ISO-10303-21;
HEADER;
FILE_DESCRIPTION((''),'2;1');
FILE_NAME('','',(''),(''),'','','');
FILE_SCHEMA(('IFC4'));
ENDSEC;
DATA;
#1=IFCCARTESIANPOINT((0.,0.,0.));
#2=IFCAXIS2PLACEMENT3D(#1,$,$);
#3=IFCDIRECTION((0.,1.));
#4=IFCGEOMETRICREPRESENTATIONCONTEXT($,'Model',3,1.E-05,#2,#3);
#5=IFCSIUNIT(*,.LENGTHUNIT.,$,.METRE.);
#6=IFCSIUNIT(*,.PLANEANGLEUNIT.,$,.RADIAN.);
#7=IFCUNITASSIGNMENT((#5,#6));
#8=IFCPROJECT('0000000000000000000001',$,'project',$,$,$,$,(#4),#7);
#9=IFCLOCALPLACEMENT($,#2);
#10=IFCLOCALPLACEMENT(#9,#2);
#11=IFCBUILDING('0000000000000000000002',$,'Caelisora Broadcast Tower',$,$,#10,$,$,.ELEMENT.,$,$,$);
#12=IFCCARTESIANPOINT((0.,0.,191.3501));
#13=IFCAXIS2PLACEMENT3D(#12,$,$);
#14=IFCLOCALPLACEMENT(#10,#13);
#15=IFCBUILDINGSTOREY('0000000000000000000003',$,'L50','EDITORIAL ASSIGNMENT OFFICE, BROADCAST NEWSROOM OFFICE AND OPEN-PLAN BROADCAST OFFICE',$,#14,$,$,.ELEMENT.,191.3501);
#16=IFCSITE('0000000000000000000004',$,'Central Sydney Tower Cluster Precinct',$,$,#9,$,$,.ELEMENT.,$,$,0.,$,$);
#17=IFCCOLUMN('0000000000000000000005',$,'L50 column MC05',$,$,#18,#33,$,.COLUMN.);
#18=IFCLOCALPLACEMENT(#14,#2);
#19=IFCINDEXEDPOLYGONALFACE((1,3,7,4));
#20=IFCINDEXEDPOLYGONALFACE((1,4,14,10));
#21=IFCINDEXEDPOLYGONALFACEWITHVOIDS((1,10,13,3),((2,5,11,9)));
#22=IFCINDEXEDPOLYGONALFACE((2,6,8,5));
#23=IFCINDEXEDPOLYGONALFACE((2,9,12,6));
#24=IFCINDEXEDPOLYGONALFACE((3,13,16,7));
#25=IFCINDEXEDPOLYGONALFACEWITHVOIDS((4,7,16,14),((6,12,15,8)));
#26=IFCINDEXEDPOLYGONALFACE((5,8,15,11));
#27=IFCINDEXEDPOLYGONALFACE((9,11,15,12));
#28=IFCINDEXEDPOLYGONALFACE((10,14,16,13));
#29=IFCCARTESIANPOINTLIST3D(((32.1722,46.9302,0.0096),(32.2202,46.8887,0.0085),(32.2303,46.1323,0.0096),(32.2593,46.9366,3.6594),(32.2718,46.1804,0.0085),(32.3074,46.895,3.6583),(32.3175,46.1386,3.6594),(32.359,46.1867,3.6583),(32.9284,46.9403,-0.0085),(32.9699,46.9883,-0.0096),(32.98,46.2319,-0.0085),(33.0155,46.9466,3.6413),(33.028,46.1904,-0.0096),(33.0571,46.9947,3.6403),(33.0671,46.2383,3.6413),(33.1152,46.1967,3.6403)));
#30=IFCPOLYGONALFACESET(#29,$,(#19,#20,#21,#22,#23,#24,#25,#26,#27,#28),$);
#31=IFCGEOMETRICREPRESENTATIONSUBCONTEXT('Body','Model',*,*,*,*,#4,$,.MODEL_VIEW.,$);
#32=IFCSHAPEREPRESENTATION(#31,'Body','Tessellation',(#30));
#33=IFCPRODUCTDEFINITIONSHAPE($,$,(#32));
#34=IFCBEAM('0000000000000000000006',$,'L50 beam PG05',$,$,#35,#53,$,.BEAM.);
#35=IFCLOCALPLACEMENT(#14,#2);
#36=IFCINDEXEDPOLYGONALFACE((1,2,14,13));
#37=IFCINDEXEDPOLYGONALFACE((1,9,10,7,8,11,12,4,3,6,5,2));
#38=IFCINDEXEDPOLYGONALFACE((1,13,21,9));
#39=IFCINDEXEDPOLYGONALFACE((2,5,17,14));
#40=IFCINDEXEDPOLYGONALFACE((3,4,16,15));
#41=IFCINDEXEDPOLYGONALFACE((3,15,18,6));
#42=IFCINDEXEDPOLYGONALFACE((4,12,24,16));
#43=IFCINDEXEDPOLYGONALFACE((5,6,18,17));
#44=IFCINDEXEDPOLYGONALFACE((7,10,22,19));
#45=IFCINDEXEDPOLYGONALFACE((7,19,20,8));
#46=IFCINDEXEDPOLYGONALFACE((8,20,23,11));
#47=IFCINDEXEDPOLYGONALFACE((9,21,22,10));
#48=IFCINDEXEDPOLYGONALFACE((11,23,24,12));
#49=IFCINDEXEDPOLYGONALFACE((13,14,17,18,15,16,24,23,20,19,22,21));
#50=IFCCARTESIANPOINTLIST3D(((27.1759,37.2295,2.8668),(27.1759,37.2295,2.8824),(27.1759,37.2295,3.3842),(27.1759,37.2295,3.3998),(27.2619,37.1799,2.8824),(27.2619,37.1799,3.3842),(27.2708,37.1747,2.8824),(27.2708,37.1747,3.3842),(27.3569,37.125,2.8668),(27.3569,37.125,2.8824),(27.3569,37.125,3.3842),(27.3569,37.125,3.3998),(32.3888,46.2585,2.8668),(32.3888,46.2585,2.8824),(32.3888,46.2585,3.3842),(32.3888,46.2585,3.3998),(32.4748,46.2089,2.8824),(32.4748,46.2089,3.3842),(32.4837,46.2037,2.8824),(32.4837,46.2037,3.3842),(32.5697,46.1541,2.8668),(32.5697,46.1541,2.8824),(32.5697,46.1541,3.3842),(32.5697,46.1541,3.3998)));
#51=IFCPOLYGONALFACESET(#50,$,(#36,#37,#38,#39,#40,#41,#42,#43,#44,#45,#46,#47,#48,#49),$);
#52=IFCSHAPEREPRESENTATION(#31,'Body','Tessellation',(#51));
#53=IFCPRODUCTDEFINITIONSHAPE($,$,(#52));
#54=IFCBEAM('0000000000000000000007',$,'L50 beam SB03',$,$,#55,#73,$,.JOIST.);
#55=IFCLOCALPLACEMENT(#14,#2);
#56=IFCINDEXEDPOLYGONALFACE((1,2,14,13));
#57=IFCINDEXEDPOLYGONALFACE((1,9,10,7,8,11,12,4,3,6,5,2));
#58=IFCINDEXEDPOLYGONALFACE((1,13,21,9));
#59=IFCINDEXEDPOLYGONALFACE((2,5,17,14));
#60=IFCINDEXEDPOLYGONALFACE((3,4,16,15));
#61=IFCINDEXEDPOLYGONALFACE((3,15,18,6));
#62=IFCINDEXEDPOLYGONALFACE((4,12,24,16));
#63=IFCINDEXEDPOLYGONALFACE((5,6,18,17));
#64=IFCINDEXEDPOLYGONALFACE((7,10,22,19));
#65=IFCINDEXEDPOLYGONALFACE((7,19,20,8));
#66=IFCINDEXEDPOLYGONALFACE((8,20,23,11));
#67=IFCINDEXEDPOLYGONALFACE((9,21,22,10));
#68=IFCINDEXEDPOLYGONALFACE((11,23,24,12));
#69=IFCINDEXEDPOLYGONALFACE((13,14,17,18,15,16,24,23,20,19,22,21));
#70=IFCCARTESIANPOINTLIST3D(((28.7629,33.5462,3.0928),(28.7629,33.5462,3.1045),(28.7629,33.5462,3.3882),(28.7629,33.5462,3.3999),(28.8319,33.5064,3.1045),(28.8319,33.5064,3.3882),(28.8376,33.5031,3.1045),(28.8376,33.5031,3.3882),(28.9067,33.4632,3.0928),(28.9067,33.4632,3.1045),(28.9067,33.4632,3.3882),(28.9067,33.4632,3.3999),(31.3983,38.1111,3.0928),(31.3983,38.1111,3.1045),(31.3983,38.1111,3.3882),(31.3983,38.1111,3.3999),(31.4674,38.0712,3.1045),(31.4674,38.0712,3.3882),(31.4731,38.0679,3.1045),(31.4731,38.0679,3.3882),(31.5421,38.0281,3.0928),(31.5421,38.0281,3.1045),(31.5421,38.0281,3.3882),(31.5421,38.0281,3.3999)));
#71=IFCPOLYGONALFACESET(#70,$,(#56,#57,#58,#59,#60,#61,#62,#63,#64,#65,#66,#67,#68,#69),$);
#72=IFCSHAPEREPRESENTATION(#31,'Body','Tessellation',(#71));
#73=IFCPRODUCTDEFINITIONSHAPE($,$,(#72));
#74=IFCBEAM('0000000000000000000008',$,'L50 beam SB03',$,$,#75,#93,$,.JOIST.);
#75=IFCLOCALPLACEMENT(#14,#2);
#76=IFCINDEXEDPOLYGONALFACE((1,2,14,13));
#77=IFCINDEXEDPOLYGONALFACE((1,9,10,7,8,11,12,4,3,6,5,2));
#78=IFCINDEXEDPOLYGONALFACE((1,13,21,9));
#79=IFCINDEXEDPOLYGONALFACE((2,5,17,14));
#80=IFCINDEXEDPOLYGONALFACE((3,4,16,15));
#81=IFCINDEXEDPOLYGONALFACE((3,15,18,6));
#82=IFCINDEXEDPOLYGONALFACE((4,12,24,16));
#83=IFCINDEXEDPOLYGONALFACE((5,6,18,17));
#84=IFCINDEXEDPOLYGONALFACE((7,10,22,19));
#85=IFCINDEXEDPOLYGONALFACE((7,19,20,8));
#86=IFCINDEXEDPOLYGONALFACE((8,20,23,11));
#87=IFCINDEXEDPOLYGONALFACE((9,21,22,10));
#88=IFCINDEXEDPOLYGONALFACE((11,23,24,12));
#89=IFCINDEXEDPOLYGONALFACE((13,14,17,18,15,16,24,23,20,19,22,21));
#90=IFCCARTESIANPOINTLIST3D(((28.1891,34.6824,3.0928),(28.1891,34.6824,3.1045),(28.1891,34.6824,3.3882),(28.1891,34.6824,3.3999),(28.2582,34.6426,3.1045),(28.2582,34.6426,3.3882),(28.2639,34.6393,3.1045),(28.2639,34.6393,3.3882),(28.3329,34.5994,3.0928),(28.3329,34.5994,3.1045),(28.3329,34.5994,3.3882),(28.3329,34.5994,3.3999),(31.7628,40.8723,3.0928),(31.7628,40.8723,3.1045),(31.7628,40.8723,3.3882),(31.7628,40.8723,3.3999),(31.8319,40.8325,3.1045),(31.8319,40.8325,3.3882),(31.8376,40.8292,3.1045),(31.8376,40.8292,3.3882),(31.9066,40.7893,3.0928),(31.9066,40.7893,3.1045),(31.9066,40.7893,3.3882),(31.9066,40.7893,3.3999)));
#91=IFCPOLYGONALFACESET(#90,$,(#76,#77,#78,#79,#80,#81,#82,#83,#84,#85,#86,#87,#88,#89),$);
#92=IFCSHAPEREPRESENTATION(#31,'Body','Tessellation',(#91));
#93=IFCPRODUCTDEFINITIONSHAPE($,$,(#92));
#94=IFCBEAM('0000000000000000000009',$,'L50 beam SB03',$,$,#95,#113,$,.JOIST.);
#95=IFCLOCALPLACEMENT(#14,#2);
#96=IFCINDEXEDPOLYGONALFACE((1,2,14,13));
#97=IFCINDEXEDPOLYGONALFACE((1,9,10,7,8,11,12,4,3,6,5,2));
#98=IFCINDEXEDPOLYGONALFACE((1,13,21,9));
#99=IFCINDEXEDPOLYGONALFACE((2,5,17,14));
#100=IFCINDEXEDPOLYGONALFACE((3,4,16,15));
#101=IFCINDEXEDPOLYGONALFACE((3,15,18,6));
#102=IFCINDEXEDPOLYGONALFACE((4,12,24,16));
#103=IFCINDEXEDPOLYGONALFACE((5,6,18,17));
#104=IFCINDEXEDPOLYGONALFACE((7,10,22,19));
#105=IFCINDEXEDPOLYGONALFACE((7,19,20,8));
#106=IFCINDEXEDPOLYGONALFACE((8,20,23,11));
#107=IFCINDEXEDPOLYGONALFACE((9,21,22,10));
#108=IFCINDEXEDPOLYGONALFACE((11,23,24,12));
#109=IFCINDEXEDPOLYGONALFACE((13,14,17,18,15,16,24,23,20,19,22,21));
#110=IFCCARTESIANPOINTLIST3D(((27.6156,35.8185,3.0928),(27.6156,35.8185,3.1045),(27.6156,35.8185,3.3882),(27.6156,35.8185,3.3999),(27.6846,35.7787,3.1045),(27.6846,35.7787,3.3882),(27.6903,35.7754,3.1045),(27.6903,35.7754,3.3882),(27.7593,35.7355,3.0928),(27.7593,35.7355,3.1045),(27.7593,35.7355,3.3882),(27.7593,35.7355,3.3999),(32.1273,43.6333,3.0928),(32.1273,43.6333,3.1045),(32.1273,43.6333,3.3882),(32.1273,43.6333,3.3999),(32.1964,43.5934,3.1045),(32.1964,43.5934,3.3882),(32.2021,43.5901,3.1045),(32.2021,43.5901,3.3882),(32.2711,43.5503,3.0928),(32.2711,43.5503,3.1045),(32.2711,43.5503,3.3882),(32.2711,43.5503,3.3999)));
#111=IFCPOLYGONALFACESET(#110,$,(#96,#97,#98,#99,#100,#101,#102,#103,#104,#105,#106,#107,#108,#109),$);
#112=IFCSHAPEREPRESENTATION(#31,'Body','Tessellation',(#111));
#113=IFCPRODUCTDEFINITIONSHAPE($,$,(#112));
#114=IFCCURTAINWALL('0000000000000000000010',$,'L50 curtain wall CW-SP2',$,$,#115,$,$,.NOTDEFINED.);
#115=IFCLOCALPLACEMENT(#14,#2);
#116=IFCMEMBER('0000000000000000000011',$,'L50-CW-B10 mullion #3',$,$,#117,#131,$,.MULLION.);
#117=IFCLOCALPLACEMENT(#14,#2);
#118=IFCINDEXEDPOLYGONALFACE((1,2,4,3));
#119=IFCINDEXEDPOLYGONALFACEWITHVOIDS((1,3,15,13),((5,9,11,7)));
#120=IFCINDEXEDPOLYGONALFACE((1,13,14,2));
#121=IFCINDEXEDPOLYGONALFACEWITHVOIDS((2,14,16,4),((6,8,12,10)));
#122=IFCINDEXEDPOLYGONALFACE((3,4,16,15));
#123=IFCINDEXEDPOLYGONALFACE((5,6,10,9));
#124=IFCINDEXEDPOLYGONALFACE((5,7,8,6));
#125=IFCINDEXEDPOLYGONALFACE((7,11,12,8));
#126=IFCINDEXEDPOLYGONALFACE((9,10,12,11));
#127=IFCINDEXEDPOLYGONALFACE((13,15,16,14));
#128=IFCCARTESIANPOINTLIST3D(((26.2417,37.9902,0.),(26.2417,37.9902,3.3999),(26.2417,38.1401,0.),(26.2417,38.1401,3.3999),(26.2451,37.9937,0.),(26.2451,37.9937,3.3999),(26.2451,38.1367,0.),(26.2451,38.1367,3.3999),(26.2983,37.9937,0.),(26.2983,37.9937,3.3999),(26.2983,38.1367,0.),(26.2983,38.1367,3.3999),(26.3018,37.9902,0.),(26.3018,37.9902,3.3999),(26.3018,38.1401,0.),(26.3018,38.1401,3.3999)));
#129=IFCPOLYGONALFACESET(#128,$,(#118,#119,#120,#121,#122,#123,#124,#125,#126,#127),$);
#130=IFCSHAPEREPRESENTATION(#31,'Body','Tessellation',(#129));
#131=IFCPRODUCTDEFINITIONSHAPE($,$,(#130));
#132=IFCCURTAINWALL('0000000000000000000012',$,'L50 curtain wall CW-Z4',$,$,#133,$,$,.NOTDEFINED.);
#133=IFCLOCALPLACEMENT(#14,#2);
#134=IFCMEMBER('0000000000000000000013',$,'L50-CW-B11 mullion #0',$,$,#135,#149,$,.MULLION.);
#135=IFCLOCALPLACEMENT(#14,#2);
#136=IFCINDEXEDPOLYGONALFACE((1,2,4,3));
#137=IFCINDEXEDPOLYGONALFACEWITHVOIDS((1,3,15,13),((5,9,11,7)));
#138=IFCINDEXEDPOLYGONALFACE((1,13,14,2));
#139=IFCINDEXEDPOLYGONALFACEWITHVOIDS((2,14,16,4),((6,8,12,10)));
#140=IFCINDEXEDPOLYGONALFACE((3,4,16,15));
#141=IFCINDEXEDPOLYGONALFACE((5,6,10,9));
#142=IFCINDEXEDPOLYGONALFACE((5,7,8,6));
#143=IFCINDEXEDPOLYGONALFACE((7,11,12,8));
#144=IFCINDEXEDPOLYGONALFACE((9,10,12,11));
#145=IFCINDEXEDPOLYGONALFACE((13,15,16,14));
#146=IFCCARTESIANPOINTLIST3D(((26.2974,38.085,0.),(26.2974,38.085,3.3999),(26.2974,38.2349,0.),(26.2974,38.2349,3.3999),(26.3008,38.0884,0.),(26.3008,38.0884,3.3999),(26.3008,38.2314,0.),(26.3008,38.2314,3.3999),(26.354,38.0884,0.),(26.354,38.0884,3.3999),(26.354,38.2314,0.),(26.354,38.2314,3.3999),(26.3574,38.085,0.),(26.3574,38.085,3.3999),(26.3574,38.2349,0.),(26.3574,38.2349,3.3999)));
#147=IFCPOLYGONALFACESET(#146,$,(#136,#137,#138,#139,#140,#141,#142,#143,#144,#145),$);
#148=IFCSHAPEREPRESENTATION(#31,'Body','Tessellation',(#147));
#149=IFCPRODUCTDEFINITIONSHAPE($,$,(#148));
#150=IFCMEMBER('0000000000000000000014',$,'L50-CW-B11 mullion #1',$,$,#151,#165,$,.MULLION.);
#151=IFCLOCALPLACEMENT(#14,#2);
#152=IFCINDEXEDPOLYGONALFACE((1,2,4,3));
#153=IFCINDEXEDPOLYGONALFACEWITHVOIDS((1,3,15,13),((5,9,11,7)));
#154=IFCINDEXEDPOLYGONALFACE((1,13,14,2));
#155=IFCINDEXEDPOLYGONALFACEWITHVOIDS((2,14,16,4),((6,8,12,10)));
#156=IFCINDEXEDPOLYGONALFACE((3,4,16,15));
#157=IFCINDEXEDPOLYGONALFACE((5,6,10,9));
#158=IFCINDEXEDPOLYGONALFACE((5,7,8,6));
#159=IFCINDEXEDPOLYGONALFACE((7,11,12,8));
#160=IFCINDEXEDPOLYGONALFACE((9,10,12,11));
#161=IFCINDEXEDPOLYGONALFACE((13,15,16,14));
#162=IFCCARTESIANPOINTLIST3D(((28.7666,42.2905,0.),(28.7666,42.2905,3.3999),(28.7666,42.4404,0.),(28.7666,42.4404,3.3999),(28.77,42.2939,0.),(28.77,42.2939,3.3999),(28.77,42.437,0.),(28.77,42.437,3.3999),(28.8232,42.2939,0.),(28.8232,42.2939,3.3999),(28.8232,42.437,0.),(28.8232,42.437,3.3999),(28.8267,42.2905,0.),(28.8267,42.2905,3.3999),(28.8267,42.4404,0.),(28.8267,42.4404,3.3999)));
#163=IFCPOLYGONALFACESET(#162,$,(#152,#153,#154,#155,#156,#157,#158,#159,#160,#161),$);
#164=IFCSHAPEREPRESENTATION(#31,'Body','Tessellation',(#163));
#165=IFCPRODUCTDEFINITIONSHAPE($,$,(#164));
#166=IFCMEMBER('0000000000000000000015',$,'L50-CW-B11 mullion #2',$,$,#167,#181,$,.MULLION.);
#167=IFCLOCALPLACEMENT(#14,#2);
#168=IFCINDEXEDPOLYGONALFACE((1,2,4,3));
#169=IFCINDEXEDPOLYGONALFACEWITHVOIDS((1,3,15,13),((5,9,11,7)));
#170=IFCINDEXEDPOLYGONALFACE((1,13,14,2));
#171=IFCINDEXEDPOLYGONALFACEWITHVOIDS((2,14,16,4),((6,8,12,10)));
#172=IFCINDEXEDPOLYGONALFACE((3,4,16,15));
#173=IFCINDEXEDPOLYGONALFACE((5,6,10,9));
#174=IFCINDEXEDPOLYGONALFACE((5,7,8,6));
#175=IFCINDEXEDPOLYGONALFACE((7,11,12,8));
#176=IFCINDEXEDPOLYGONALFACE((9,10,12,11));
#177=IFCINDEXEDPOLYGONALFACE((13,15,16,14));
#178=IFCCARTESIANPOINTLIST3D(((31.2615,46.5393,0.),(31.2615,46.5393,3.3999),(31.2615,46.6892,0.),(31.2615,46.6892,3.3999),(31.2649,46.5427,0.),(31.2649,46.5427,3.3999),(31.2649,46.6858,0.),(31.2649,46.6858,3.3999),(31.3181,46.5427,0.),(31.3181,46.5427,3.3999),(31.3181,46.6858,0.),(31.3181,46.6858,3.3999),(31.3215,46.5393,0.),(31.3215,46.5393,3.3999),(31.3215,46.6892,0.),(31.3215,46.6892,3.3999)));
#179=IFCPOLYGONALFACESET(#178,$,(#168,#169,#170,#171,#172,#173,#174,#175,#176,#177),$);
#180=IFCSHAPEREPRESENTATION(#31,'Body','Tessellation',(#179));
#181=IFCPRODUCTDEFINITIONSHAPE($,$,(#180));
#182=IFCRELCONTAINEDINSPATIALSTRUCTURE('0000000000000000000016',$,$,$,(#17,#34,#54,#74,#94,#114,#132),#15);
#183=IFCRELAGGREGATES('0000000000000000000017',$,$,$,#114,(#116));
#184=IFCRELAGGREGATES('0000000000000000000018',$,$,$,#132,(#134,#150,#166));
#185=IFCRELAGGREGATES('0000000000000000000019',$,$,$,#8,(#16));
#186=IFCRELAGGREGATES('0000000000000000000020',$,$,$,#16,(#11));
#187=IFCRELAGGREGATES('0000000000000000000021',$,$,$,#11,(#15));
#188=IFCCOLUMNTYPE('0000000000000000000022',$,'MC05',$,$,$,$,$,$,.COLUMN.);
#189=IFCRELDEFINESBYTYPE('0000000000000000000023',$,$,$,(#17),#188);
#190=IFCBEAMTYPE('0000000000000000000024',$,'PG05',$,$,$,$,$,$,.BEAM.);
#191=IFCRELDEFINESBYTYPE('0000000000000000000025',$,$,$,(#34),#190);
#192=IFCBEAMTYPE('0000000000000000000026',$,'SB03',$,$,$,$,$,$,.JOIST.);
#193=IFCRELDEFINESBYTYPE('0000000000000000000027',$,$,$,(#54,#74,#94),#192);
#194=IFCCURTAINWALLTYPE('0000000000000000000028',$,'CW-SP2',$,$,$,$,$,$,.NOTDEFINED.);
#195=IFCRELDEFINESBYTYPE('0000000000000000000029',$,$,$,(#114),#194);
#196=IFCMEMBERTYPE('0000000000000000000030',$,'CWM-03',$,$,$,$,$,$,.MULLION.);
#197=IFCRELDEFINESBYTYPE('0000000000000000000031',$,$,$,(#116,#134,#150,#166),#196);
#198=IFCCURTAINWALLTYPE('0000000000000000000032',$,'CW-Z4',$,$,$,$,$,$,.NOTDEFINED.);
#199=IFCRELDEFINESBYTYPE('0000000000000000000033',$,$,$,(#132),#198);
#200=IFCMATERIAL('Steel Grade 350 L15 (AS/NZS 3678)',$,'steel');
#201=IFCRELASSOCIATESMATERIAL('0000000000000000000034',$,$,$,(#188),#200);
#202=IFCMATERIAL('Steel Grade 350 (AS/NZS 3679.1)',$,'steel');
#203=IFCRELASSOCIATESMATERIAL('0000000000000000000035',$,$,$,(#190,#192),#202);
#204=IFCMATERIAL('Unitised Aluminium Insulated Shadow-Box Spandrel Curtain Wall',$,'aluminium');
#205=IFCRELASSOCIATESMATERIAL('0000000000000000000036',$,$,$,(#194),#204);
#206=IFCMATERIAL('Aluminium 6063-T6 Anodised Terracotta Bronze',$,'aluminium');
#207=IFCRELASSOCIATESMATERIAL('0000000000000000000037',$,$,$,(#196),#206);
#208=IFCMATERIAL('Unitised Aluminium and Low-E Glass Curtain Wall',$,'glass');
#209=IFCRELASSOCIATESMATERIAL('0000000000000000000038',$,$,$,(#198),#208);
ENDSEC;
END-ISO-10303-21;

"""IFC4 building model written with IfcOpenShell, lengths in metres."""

from ifc_helpers import new_model, si_unit, direction, frame, origin, origin_2d, place, context, subcontext, project, spatial, hollow_rectangle, i_section, extrude, source, transform, mapped, material, material_profile, profile_set, type_object, type_shapes, element, aggregate, save


model = new_model("IFC4")

# Units and contexts
model_context = context("Model", 3, precision=1e-05, world=origin(), true_north=direction((0.0, 1.0)))
body_context = subcontext(model_context, "Body", "Model", "MODEL_VIEW")
ifc_project = project(units=[si_unit("LENGTHUNIT", "METRE"), si_unit("PLANEANGLEUNIT", "RADIAN")], contexts=[model_context])

# Site, building, storey
site_placement = place(None, origin())
site = spatial("IfcSite", under=ifc_project, at=site_placement, Name="Central Sydney Tower Cluster Precinct", CompositionType="ELEMENT", RefElevation=0.0)
building_placement = place(site_placement, origin())
building = spatial("IfcBuilding", under=site, at=building_placement, Name="Caelisora Broadcast Tower", CompositionType="ELEMENT")
storey_placement = place(building_placement, frame((0.0, 0.0, 191.3501)))
storey = spatial("IfcBuildingStorey", under=building, at=storey_placement, Name="L50", Description="EDITORIAL ASSIGNMENT OFFICE, BROADCAST NEWSROOM OFFICE AND OPEN-PLAN BROADCAST OFFICE", CompositionType="ELEMENT", Elevation=191.3501)

# Column
ifc_material_1 = material(Name="Steel Grade 350 L15 (AS/NZS 3678)", Category="steel")
ifc_material_profile_1 = material_profile(ifc_material_1, hollow_rectangle(XDim=0.8, YDim=0.8, WallThickness=0.0449, at=origin_2d()), Name="Steel Grade 350 L15 (AS/NZS 3678)")
ifc_profile_set_1 = profile_set([ifc_material_profile_1], Name="Steel Grade 350 L15 (AS/NZS 3678)")
column_type = type_object("IfcColumnType", Name="MC05", PredefinedType="COLUMN", material=ifc_profile_set_1)
shared_shape_1 = source(origin(), body_context, "Body", "SweptSolid", [
    extrude(hollow_rectangle(XDim=0.8, YDim=0.8, WallThickness=0.0449, at=origin_2d()), origin(), (0.0, 0.0, 1.0), 3.6509),
])
type_shapes(column_type, [shared_shape_1])
column_placement = place(storey_placement, frame((32.6001, 46.5603, 0.0), z_axis=(0.023873, 0.001739, 0.999713), x_axis=(-0.072637, 0.997358, 0.0)))
element("IfcColumn", 1, at=column_placement, inside=storey, type_object=column_type, Name="L50 column MC05", PredefinedType="COLUMN", context=body_context, shape_type="MappedRepresentation", body=[
    mapped(shared_shape_1, transform((0.0, 0.0, 0.0), scale=1.0)),
])

# Beams
ifc_material_2 = material(Name="Steel Grade 350 (AS/NZS 3679.1)", Category="steel")
ifc_material_profile_2 = material_profile(ifc_material_2, i_section(OverallWidth=0.209, OverallDepth=0.533, WebThickness=0.0103, FlangeThickness=0.0156, at=origin_2d()), Name="Steel Grade 350 (AS/NZS 3679.1)")
ifc_profile_set_2 = profile_set([ifc_material_profile_2], Name="Steel Grade 350 (AS/NZS 3679.1)")
beam_type_1 = type_object("IfcBeamType", Name="PG05", PredefinedType="BEAM", material=ifc_profile_set_2)
shared_shape_2 = source(origin(), body_context, "Body", "SweptSolid", [
    extrude(i_section(OverallWidth=0.209, OverallDepth=0.533, WebThickness=0.0103, FlangeThickness=0.0156, at=origin_2d()), origin(), (0.0, 0.0, 1.0), 10.4258),
])
type_shapes(beam_type_1, [shared_shape_2])
beam_1_placement = place(storey_placement, frame((32.4792, 46.2063, 3.1333), z_axis=(-0.499997, -0.866027, 0.0), x_axis=(0.866027, -0.499997, 0.0)))
element("IfcBeam", 2, at=beam_1_placement, inside=storey, type_object=beam_type_1, Name="L50 beam PG05", PredefinedType="BEAM", context=body_context, shape_type="MappedRepresentation", body=[
    mapped(shared_shape_2, transform((0.0, 0.0, 0.0), scale=1.0)),
])
ifc_material_profile_3 = material_profile(ifc_material_2, i_section(OverallWidth=0.166, OverallDepth=0.3071, WebThickness=0.0066, FlangeThickness=0.0117, at=origin_2d()), Name="Steel Grade 350 (AS/NZS 3679.1)")
ifc_profile_set_3 = profile_set([ifc_material_profile_3], Name="Steel Grade 350 (AS/NZS 3679.1)")
beam_type_2 = type_object("IfcBeamType", Name="SB03", PredefinedType="JOIST", material=ifc_profile_set_3)
shared_shape_3 = source(origin(), body_context, "Body", "SweptSolid", [
    extrude(i_section(OverallWidth=0.166, OverallDepth=0.3071, WebThickness=0.0066, FlangeThickness=0.0117, at=origin_2d()), origin(), (0.0, 0.0, 1.0), 5.271),
])
beam_2_placement = place(storey_placement, frame((31.4702, 38.0696, 3.2463), z_axis=(-0.49999, -0.866031, 0.0), x_axis=(0.866031, -0.49999, 0.0)))
element("IfcBeam", 3, at=beam_2_placement, inside=storey, type_object=beam_type_2, Name="L50 beam SB03", PredefinedType="JOIST", context=body_context, shape_type="MappedRepresentation", body=[
    mapped(shared_shape_3, transform((0.0, 0.0, 0.0), scale=1.0)),
])
shared_shape_4 = source(origin(), body_context, "Body", "SweptSolid", [
    extrude(i_section(OverallWidth=0.166, OverallDepth=0.3071, WebThickness=0.0066, FlangeThickness=0.0117, at=origin_2d()), origin(), (0.0, 0.0, 1.0), 7.1475),
])
beam_3_placement = place(storey_placement, frame((31.8347, 40.8308, 3.2463), z_axis=(-0.499996, -0.866027, 0.0), x_axis=(0.866027, -0.499996, 0.0)))
element("IfcBeam", 4, at=beam_3_placement, inside=storey, type_object=beam_type_2, Name="L50 beam SB03", PredefinedType="JOIST", context=body_context, shape_type="MappedRepresentation", body=[
    mapped(shared_shape_4, transform((0.0, 0.0, 0.0), scale=1.0)),
])
shared_shape_5 = source(origin(), body_context, "Body", "SweptSolid", [
    extrude(i_section(OverallWidth=0.166, OverallDepth=0.3071, WebThickness=0.0066, FlangeThickness=0.0117, at=origin_2d()), origin(), (0.0, 0.0, 1.0), 9.0237),
])
type_shapes(beam_type_2, [shared_shape_3, shared_shape_4, shared_shape_5])
beam_4_placement = place(storey_placement, frame((32.1992, 43.5918, 3.2463), z_axis=(-0.499992, -0.86603, 0.0), x_axis=(0.86603, -0.499992, 0.0)))
element("IfcBeam", 5, at=beam_4_placement, inside=storey, type_object=beam_type_2, Name="L50 beam SB03", PredefinedType="JOIST", context=body_context, shape_type="MappedRepresentation", body=[
    mapped(shared_shape_5, transform((0.0, 0.0, 0.0), scale=1.0)),
])

# Curtain wall, member
ifc_material_3 = material(Name="Unitised Aluminium Insulated Shadow-Box Spandrel Curtain Wall", Category="aluminium")
curtain_wall_type_1 = type_object("IfcCurtainWallType", Name="CW-SP2", PredefinedType="NOTDEFINED", material=ifc_material_3)
curtain_wall_1_placement = place(storey_placement, origin())
curtain_wall_1 = element("IfcCurtainWall", 6, at=curtain_wall_1_placement, inside=storey, type_object=curtain_wall_type_1, Name="L50 curtain wall CW-SP2", PredefinedType="NOTDEFINED")
ifc_material_4 = material(Name="Aluminium 6063-T6 Anodised Terracotta Bronze", Category="aluminium")
ifc_material_profile_4 = material_profile(ifc_material_4, hollow_rectangle(XDim=0.0601, YDim=0.1499, WallThickness=0.0034, at=origin_2d()), Name="Aluminium 6063-T6 Anodised Terracotta Bronze")
ifc_profile_set_4 = profile_set([ifc_material_profile_4], Name="Aluminium 6063-T6 Anodised Terracotta Bronze")
member_type_1 = type_object("IfcMemberType", Name="CWM-03", PredefinedType="MULLION", material=ifc_profile_set_4)
shared_shape_6 = source(origin(), body_context, "Body", "SweptSolid", [
    extrude(hollow_rectangle(XDim=0.0601, YDim=0.1499, WallThickness=0.0034, at=origin_2d()), origin(), (0.0, 0.0, 1.0), 3.3999),
])
type_shapes(member_type_1, [shared_shape_6])
member_1_placement = place(storey_placement, frame((26.2717, 38.0652, 0.0), z_axis=(0.0, 0.0, 1.0), x_axis=(1.0, 0.0, 0.0)))
member_1 = element("IfcMember", 7, at=member_1_placement, type_object=member_type_1, Name="L50-CW-B10 mullion #3", PredefinedType="MULLION", context=body_context, shape_type="MappedRepresentation", body=[
    mapped(shared_shape_6, transform((0.0, 0.0, 0.0), scale=1.0)),
])
aggregate(curtain_wall_1, [member_1])

# Curtain wall, members
ifc_material_5 = material(Name="Unitised Aluminium and Low-E Glass Curtain Wall", Category="glass")
curtain_wall_type_2 = type_object("IfcCurtainWallType", Name="CW-Z4", PredefinedType="NOTDEFINED", material=ifc_material_5)
curtain_wall_2_placement = place(storey_placement, origin())
curtain_wall_2 = element("IfcCurtainWall", 8, at=curtain_wall_2_placement, inside=storey, type_object=curtain_wall_type_2, Name="L50 curtain wall CW-Z4", PredefinedType="NOTDEFINED")
member_2_placement = place(storey_placement, frame((26.3274, 38.1599, 0.0), z_axis=(0.0, 0.0, 1.0), x_axis=(1.0, 0.0, 0.0)))
member_2 = element("IfcMember", 9, at=member_2_placement, type_object=member_type_1, Name="L50-CW-B11 mullion #0", PredefinedType="MULLION", context=body_context, shape_type="MappedRepresentation", body=[
    mapped(shared_shape_6, transform((0.0, 0.0, 0.0), scale=1.0)),
])
member_3_placement = place(storey_placement, frame((28.7966, 42.3655, 0.0), z_axis=(0.0, 0.0, 1.0), x_axis=(1.0, 0.0, 0.0)))
member_3 = element("IfcMember", 10, at=member_3_placement, type_object=member_type_1, Name="L50-CW-B11 mullion #1", PredefinedType="MULLION", context=body_context, shape_type="MappedRepresentation", body=[
    mapped(shared_shape_6, transform((0.0, 0.0, 0.0), scale=1.0)),
])
member_4_placement = place(storey_placement, frame((31.2915, 46.6143, 0.0), z_axis=(0.0, 0.0, 1.0), x_axis=(1.0, 0.0, 0.0)))
member_4 = element("IfcMember", 11, at=member_4_placement, type_object=member_type_1, Name="L50-CW-B11 mullion #2", PredefinedType="MULLION", context=body_context, shape_type="MappedRepresentation", body=[
    mapped(shared_shape_6, transform((0.0, 0.0, 0.0), scale=1.0)),
])

aggregate(curtain_wall_2, [member_2, member_3, member_4])

save(model, "model.ifc")
